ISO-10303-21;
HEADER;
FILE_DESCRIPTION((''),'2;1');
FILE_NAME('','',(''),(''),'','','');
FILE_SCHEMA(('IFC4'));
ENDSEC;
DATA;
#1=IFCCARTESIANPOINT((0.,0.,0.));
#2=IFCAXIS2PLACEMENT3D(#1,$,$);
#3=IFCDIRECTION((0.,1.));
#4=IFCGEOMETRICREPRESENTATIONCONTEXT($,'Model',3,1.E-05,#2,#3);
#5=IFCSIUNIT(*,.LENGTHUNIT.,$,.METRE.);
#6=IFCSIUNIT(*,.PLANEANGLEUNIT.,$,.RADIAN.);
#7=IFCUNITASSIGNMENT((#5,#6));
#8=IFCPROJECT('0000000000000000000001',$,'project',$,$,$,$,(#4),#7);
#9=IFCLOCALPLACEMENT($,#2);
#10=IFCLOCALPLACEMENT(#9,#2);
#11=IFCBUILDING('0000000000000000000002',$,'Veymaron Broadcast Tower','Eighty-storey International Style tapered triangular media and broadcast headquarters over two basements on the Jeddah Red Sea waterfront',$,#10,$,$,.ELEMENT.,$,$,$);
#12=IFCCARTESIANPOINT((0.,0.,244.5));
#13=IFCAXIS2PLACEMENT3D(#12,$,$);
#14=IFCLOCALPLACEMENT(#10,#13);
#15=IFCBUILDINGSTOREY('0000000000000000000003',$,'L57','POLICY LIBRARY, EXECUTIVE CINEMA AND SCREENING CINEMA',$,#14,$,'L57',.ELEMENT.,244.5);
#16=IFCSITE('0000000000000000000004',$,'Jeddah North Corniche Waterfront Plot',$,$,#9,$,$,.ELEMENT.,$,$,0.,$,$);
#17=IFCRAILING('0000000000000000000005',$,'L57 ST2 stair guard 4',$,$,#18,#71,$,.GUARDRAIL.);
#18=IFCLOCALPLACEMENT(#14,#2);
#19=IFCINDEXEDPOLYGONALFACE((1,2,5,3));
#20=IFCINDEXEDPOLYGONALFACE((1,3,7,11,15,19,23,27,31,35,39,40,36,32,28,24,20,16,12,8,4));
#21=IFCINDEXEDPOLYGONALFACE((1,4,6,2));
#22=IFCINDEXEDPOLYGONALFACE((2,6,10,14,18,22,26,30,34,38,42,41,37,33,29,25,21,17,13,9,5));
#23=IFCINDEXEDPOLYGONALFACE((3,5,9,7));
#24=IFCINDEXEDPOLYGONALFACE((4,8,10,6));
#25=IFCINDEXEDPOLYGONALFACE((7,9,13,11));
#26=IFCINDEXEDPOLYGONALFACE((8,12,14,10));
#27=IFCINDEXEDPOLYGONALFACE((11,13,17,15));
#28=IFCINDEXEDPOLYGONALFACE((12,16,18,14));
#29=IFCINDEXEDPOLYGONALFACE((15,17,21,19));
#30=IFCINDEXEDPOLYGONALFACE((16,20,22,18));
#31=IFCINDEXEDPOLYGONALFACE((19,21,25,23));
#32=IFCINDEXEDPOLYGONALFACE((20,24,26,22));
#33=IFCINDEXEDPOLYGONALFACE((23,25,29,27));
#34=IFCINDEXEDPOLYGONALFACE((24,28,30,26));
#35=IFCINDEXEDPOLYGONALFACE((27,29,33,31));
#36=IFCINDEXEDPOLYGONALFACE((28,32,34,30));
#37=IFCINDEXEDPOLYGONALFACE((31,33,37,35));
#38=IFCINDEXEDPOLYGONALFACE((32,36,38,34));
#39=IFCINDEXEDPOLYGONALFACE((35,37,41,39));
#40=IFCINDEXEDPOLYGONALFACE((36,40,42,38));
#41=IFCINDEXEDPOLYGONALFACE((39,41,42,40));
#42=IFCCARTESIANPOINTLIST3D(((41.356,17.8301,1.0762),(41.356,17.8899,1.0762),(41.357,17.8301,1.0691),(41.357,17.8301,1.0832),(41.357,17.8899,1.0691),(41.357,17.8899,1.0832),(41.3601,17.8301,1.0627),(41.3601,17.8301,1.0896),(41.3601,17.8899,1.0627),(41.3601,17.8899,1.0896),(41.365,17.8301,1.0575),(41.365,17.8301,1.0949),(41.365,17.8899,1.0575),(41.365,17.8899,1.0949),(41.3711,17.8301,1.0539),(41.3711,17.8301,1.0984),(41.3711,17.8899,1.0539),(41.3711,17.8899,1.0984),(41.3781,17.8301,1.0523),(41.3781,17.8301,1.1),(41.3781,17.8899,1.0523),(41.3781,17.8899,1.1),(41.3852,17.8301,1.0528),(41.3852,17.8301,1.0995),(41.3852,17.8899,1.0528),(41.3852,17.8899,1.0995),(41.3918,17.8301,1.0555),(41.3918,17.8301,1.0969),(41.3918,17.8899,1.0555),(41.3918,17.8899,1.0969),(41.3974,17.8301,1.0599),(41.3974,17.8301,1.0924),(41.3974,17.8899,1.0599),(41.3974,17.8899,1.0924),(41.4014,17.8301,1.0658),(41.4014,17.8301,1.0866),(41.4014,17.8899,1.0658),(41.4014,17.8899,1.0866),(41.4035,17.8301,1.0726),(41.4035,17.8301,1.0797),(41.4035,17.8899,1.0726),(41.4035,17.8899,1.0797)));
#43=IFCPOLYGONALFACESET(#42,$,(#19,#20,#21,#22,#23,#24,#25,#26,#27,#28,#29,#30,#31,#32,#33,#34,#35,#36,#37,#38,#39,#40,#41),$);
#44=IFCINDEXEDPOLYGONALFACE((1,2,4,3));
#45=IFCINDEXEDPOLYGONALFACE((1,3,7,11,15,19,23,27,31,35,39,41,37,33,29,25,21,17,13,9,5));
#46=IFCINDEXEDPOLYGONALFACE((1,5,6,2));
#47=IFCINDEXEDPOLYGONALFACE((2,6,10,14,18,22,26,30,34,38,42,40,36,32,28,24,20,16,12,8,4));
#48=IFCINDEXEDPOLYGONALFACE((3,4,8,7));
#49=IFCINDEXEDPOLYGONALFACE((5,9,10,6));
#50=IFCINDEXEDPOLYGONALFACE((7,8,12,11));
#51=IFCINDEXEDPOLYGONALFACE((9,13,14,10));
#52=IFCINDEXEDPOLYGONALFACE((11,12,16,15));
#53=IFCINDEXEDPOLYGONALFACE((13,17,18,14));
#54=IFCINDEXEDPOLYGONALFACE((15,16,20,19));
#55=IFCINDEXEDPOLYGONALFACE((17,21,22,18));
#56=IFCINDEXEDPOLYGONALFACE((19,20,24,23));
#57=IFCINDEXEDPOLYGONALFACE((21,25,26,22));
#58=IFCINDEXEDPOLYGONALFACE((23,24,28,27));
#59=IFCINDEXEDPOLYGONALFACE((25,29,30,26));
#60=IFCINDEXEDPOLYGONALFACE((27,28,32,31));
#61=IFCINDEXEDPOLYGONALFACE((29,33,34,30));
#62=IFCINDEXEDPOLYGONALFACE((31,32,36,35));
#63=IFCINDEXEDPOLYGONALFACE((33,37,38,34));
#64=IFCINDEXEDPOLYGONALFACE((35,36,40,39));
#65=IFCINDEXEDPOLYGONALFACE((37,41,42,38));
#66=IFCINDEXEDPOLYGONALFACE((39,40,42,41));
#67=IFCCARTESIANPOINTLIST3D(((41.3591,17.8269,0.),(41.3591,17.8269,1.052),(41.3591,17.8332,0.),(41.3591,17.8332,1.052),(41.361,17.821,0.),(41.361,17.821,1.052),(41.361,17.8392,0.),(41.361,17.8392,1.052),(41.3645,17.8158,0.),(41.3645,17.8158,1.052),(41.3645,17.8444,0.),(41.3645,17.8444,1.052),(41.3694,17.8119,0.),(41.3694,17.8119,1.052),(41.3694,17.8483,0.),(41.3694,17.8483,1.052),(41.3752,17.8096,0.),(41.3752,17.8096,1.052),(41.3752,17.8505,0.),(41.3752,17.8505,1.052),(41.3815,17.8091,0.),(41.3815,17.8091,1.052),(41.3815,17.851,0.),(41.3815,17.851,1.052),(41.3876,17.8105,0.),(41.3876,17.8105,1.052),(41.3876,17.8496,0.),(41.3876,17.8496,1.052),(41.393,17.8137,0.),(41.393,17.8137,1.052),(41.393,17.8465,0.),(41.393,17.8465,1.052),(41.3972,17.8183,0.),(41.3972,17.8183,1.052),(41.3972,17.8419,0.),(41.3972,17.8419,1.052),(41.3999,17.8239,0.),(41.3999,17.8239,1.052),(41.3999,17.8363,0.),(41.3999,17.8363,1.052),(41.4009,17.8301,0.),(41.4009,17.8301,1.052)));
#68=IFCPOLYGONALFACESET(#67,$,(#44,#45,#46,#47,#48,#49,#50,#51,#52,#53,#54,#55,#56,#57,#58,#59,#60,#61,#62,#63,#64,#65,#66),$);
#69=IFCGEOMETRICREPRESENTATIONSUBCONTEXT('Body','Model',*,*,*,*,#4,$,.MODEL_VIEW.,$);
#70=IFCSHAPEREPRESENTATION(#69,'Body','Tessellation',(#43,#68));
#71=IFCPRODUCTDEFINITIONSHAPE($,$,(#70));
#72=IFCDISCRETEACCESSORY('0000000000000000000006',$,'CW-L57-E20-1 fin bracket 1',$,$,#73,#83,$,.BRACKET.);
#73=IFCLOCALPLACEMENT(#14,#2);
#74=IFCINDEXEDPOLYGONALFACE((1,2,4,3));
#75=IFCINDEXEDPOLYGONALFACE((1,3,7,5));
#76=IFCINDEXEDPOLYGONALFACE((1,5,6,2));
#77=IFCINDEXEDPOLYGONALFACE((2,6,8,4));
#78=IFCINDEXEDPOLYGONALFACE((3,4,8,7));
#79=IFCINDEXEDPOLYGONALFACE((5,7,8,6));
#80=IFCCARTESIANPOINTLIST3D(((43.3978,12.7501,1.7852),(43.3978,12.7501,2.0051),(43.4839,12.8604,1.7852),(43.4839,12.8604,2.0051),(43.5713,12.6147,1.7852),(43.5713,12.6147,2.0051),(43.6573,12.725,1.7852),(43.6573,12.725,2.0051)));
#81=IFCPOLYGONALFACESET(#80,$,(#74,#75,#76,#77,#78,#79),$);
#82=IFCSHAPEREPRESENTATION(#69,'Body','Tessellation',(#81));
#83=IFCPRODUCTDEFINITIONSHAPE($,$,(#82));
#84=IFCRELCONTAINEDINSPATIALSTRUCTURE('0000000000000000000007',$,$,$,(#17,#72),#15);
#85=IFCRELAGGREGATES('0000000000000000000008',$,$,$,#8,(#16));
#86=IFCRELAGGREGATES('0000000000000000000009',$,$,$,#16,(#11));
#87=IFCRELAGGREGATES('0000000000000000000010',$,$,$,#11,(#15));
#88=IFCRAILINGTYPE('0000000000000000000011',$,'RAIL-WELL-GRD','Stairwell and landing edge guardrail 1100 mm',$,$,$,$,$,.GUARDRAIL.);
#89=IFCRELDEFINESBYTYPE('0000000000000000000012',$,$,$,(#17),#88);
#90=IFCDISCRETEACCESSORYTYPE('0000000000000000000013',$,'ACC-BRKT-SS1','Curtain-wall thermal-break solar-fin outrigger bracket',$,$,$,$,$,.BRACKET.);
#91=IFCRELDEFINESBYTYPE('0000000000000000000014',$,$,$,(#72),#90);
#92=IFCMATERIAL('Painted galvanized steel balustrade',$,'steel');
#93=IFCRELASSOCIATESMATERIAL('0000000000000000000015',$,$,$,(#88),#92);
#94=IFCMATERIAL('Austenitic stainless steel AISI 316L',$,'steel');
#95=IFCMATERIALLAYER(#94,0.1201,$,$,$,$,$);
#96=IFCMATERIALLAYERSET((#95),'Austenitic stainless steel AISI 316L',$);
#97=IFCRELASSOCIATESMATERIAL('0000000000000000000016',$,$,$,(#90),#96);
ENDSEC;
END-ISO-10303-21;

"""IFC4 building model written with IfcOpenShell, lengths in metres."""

from ifc_helpers import new_model, si_unit, direction, frame, origin, origin_2d, place, context, subcontext, project, spatial, rectangle, circle, extrude, material, layer, layer_set, type_object, element, save


model = new_model("IFC4")

# Units and contexts
model_context = context("Model", 3, precision=1e-05, world=origin(), true_north=direction((0.0, 1.0)))
body_context = subcontext(model_context, "Body", "Model", "MODEL_VIEW")
ifc_project = project(units=[si_unit("LENGTHUNIT", "METRE"), si_unit("PLANEANGLEUNIT", "RADIAN")], contexts=[model_context])

# Site, building, storey
site_placement = place(None, origin())
site = spatial("IfcSite", under=ifc_project, at=site_placement, Name="Jeddah North Corniche Waterfront Plot", CompositionType="ELEMENT", RefElevation=0.0)
building_placement = place(site_placement, origin())
building = spatial("IfcBuilding", under=site, at=building_placement, Name="Veymaron Broadcast Tower", Description="Eighty-storey International Style tapered triangular media and broadcast headquarters over two basements on the Jeddah Red Sea waterfront", CompositionType="ELEMENT")
storey_placement = place(building_placement, frame((0.0, 0.0, 244.5)))
storey = spatial("IfcBuildingStorey", under=building, at=storey_placement, Name="L57", Description="POLICY LIBRARY, EXECUTIVE CINEMA AND SCREENING CINEMA", LongName="L57", CompositionType="ELEMENT", Elevation=244.5)

# Railing
ifc_material_1 = material(Name="Painted galvanized steel balustrade", Category="steel")
railing_type_1 = type_object("IfcRailingType", Name="RAIL-WELL-GRD", Description="Stairwell and landing edge guardrail 1100 mm", PredefinedType="GUARDRAIL", material=ifc_material_1)
railing_1_placement = place(storey_placement, frame((41.3799, 17.8301, 0.0)))
element("IfcRailing", 1, at=railing_1_placement, inside=storey, type_object=railing_type_1, Name="L57 ST2 stair guard 4", PredefinedType="GUARDRAIL", context=body_context, shape_type="SweptSolid", body=[
    extrude(circle(Radius=0.0239, at=origin_2d()), frame((0.0, 0.0, 1.0762), z_axis=(0.0, 1.0, 0.0), x_axis=(-1.0, 0.0, 0.0)), (0.0, 0.0, 1.0), 0.0598),
    extrude(circle(Radius=0.021, at=origin_2d()), origin(), (0.0, 0.0, 1.0), 1.052),
])

# Discrete accessory
ifc_material_2 = material(Name="Austenitic stainless steel AISI 316L", Category="steel")
ifc_layer_1 = layer(ifc_material_2, 0.1201)
ifc_layer_set_1 = layer_set([ifc_layer_1], Name="Austenitic stainless steel AISI 316L")
discrete_accessory_type = type_object("IfcDiscreteAccessoryType", Name="ACC-BRKT-SS1", Description="Curtain-wall thermal-break solar-fin outrigger bracket", PredefinedType="BRACKET", material=ifc_layer_set_1)
discrete_accessory_placement = place(storey_placement, frame((43.5276, 12.7375, 1.7852), z_axis=(0.0, 0.0, 1.0), x_axis=(0.788301, -0.61529, 0.0)))
element("IfcDiscreteAccessory", 2, at=discrete_accessory_placement, inside=storey, type_object=discrete_accessory_type, Name="CW-L57-E20-1 fin bracket 1", PredefinedType="BRACKET", context=body_context, shape_type="SweptSolid", body=[
    extrude(rectangle(XDim=0.22, YDim=0.1399, at=origin_2d()), origin(), (0.0, 0.0, 1.0), 0.22),
])

save(model, "model.ifc")
